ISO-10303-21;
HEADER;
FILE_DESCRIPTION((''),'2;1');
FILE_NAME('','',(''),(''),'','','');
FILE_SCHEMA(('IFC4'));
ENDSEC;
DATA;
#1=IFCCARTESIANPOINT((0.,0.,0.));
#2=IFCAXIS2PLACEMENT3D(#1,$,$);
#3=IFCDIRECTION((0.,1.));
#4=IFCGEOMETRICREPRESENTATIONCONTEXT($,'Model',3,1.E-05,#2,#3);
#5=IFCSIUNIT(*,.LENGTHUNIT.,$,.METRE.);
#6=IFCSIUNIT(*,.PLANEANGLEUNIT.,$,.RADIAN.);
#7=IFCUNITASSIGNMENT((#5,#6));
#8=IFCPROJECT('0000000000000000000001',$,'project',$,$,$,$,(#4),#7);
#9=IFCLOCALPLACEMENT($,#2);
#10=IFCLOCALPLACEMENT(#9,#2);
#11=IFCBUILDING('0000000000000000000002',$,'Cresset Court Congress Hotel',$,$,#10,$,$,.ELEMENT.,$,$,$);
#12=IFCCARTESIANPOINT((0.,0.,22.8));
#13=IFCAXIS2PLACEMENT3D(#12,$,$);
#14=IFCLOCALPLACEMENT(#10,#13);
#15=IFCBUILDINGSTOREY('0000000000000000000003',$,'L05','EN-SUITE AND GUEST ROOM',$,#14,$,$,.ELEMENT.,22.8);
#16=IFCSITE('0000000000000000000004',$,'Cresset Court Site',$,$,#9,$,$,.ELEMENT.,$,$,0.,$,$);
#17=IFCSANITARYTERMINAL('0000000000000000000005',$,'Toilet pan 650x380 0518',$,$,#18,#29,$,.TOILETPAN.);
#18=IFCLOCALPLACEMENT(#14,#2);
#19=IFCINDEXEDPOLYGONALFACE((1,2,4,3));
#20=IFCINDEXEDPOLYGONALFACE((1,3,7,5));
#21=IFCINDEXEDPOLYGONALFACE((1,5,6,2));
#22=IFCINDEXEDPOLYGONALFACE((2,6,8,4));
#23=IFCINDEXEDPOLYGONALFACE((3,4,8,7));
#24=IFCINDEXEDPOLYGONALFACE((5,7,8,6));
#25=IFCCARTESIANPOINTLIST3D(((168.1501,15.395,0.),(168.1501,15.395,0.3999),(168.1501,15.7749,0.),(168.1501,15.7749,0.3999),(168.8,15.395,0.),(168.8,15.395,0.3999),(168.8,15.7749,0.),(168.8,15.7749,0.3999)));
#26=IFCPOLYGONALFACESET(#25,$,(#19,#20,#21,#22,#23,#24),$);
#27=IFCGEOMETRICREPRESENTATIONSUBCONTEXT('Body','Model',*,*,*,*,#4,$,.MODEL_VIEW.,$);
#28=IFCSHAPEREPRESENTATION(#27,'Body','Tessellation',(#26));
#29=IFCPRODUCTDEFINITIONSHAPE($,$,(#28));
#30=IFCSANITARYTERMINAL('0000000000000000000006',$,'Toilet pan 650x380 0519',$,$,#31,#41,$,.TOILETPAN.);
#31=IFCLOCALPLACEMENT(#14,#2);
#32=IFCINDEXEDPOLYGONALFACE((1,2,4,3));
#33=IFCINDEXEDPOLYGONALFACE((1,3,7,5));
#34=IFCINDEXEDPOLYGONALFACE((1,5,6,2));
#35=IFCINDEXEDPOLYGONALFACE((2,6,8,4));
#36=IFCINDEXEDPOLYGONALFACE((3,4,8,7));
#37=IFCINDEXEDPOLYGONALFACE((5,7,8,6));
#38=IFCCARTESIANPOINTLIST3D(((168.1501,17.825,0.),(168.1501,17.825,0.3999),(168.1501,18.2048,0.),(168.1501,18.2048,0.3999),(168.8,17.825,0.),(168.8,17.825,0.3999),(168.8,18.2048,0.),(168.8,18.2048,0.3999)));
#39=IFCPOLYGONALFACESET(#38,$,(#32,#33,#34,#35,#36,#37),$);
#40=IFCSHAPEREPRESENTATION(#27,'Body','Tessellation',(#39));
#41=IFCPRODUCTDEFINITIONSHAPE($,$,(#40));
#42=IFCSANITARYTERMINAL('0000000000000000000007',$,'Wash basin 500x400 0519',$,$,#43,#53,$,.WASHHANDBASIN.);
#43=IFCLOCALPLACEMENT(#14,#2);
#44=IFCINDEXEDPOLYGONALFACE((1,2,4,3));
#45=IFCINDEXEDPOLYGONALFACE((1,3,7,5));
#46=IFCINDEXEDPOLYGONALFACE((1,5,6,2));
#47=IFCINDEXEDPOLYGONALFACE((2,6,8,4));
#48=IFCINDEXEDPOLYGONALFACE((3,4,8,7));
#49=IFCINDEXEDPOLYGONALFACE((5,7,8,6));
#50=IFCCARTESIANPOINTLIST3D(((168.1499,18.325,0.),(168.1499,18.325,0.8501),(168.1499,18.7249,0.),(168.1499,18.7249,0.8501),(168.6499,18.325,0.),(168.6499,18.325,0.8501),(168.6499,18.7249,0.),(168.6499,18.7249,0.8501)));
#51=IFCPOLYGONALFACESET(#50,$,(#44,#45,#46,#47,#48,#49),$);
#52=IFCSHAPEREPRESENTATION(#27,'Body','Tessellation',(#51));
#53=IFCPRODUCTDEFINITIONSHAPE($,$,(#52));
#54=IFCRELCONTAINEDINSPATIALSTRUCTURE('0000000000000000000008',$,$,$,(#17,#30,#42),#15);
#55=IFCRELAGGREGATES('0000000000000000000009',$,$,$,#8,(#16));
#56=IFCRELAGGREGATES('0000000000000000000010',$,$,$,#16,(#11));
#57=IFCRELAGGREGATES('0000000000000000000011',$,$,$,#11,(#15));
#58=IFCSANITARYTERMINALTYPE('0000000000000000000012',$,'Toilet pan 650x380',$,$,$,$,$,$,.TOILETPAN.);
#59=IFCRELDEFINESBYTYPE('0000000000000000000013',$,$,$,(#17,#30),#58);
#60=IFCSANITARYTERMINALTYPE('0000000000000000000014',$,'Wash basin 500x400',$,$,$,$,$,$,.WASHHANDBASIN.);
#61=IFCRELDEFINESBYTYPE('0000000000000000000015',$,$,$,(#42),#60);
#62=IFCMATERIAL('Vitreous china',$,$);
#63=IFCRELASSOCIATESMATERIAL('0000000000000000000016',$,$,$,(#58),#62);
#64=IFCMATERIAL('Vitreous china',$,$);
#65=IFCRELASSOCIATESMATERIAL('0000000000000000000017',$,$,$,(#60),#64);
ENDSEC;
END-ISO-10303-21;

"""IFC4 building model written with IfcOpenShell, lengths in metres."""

from ifc_helpers import new_model, si_unit, direction, frame, origin, origin_2d, place, context, subcontext, project, spatial, rectangle, extrude, material, type_object, element, save


model = new_model("IFC4")

# Units and contexts
model_context = context("Model", 3, precision=1e-05, world=origin(), true_north=direction((0.0, 1.0)))
body_context = subcontext(model_context, "Body", "Model", "MODEL_VIEW")
ifc_project = project(units=[si_unit("LENGTHUNIT", "METRE"), si_unit("PLANEANGLEUNIT", "RADIAN")], contexts=[model_context])

# Site, building, storey
site_placement = place(None, origin())
site = spatial("IfcSite", under=ifc_project, at=site_placement, Name="Cresset Court Site", CompositionType="ELEMENT", RefElevation=0.0)
building_placement = place(site_placement, origin())
building = spatial("IfcBuilding", under=site, at=building_placement, Name="Cresset Court Congress Hotel", CompositionType="ELEMENT")
storey_placement = place(building_placement, frame((0.0, 0.0, 22.8)))
storey = spatial("IfcBuildingStorey", under=building, at=storey_placement, Name="L05", Description="EN-SUITE AND GUEST ROOM", CompositionType="ELEMENT", Elevation=22.8)

# Sanitary terminals
ifc_material_1 = material(Name="Vitreous china")
sanitary_terminal_type_1 = type_object("IfcSanitaryTerminalType", Name="Toilet pan 650x380", PredefinedType="TOILETPAN", material=ifc_material_1)
for number, where, z_axis, x_axis, name in (
    (1, (168.4751, 15.585, 0.0), (0.0, 0.0, 1.0), (1.0, 0.0, 0.0), "Toilet pan 650x380 0518"),
    (2, (168.4751, 18.0149, 0.0), (0.0, 0.0, 1.0), (1.0, 0.0, 0.0), "Toilet pan 650x380 0519"),
):
    element("IfcSanitaryTerminal", number, at=place(storey_placement, frame(where, z_axis=z_axis, x_axis=x_axis)), inside=storey, type_object=sanitary_terminal_type_1, Name=name, PredefinedType="TOILETPAN", context=body_context, shape_type="SweptSolid", body=[
        extrude(rectangle(XDim=0.6499, YDim=0.3799, at=origin_2d()), origin(), (0.0, 0.0, 1.0), 0.3999),
    ])
ifc_material_2 = material(Name="Vitreous china")
sanitary_terminal_type_2 = type_object("IfcSanitaryTerminalType", Name="Wash basin 500x400", PredefinedType="WASHHANDBASIN", material=ifc_material_2)
sanitary_terminal_placement = place(storey_placement, frame((168.3999, 18.5249, 0.0), z_axis=(0.0, 0.0, 1.0), x_axis=(1.0, 0.0, 0.0)))
element("IfcSanitaryTerminal", 3, at=sanitary_terminal_placement, inside=storey, type_object=sanitary_terminal_type_2, Name="Wash basin 500x400 0519", PredefinedType="WASHHANDBASIN", context=body_context, shape_type="SweptSolid", body=[
    extrude(rectangle(XDim=0.5, YDim=0.3999, at=origin_2d()), origin(), (0.0, 0.0, 1.0), 0.8501),
])

save(model, "model.ifc")
